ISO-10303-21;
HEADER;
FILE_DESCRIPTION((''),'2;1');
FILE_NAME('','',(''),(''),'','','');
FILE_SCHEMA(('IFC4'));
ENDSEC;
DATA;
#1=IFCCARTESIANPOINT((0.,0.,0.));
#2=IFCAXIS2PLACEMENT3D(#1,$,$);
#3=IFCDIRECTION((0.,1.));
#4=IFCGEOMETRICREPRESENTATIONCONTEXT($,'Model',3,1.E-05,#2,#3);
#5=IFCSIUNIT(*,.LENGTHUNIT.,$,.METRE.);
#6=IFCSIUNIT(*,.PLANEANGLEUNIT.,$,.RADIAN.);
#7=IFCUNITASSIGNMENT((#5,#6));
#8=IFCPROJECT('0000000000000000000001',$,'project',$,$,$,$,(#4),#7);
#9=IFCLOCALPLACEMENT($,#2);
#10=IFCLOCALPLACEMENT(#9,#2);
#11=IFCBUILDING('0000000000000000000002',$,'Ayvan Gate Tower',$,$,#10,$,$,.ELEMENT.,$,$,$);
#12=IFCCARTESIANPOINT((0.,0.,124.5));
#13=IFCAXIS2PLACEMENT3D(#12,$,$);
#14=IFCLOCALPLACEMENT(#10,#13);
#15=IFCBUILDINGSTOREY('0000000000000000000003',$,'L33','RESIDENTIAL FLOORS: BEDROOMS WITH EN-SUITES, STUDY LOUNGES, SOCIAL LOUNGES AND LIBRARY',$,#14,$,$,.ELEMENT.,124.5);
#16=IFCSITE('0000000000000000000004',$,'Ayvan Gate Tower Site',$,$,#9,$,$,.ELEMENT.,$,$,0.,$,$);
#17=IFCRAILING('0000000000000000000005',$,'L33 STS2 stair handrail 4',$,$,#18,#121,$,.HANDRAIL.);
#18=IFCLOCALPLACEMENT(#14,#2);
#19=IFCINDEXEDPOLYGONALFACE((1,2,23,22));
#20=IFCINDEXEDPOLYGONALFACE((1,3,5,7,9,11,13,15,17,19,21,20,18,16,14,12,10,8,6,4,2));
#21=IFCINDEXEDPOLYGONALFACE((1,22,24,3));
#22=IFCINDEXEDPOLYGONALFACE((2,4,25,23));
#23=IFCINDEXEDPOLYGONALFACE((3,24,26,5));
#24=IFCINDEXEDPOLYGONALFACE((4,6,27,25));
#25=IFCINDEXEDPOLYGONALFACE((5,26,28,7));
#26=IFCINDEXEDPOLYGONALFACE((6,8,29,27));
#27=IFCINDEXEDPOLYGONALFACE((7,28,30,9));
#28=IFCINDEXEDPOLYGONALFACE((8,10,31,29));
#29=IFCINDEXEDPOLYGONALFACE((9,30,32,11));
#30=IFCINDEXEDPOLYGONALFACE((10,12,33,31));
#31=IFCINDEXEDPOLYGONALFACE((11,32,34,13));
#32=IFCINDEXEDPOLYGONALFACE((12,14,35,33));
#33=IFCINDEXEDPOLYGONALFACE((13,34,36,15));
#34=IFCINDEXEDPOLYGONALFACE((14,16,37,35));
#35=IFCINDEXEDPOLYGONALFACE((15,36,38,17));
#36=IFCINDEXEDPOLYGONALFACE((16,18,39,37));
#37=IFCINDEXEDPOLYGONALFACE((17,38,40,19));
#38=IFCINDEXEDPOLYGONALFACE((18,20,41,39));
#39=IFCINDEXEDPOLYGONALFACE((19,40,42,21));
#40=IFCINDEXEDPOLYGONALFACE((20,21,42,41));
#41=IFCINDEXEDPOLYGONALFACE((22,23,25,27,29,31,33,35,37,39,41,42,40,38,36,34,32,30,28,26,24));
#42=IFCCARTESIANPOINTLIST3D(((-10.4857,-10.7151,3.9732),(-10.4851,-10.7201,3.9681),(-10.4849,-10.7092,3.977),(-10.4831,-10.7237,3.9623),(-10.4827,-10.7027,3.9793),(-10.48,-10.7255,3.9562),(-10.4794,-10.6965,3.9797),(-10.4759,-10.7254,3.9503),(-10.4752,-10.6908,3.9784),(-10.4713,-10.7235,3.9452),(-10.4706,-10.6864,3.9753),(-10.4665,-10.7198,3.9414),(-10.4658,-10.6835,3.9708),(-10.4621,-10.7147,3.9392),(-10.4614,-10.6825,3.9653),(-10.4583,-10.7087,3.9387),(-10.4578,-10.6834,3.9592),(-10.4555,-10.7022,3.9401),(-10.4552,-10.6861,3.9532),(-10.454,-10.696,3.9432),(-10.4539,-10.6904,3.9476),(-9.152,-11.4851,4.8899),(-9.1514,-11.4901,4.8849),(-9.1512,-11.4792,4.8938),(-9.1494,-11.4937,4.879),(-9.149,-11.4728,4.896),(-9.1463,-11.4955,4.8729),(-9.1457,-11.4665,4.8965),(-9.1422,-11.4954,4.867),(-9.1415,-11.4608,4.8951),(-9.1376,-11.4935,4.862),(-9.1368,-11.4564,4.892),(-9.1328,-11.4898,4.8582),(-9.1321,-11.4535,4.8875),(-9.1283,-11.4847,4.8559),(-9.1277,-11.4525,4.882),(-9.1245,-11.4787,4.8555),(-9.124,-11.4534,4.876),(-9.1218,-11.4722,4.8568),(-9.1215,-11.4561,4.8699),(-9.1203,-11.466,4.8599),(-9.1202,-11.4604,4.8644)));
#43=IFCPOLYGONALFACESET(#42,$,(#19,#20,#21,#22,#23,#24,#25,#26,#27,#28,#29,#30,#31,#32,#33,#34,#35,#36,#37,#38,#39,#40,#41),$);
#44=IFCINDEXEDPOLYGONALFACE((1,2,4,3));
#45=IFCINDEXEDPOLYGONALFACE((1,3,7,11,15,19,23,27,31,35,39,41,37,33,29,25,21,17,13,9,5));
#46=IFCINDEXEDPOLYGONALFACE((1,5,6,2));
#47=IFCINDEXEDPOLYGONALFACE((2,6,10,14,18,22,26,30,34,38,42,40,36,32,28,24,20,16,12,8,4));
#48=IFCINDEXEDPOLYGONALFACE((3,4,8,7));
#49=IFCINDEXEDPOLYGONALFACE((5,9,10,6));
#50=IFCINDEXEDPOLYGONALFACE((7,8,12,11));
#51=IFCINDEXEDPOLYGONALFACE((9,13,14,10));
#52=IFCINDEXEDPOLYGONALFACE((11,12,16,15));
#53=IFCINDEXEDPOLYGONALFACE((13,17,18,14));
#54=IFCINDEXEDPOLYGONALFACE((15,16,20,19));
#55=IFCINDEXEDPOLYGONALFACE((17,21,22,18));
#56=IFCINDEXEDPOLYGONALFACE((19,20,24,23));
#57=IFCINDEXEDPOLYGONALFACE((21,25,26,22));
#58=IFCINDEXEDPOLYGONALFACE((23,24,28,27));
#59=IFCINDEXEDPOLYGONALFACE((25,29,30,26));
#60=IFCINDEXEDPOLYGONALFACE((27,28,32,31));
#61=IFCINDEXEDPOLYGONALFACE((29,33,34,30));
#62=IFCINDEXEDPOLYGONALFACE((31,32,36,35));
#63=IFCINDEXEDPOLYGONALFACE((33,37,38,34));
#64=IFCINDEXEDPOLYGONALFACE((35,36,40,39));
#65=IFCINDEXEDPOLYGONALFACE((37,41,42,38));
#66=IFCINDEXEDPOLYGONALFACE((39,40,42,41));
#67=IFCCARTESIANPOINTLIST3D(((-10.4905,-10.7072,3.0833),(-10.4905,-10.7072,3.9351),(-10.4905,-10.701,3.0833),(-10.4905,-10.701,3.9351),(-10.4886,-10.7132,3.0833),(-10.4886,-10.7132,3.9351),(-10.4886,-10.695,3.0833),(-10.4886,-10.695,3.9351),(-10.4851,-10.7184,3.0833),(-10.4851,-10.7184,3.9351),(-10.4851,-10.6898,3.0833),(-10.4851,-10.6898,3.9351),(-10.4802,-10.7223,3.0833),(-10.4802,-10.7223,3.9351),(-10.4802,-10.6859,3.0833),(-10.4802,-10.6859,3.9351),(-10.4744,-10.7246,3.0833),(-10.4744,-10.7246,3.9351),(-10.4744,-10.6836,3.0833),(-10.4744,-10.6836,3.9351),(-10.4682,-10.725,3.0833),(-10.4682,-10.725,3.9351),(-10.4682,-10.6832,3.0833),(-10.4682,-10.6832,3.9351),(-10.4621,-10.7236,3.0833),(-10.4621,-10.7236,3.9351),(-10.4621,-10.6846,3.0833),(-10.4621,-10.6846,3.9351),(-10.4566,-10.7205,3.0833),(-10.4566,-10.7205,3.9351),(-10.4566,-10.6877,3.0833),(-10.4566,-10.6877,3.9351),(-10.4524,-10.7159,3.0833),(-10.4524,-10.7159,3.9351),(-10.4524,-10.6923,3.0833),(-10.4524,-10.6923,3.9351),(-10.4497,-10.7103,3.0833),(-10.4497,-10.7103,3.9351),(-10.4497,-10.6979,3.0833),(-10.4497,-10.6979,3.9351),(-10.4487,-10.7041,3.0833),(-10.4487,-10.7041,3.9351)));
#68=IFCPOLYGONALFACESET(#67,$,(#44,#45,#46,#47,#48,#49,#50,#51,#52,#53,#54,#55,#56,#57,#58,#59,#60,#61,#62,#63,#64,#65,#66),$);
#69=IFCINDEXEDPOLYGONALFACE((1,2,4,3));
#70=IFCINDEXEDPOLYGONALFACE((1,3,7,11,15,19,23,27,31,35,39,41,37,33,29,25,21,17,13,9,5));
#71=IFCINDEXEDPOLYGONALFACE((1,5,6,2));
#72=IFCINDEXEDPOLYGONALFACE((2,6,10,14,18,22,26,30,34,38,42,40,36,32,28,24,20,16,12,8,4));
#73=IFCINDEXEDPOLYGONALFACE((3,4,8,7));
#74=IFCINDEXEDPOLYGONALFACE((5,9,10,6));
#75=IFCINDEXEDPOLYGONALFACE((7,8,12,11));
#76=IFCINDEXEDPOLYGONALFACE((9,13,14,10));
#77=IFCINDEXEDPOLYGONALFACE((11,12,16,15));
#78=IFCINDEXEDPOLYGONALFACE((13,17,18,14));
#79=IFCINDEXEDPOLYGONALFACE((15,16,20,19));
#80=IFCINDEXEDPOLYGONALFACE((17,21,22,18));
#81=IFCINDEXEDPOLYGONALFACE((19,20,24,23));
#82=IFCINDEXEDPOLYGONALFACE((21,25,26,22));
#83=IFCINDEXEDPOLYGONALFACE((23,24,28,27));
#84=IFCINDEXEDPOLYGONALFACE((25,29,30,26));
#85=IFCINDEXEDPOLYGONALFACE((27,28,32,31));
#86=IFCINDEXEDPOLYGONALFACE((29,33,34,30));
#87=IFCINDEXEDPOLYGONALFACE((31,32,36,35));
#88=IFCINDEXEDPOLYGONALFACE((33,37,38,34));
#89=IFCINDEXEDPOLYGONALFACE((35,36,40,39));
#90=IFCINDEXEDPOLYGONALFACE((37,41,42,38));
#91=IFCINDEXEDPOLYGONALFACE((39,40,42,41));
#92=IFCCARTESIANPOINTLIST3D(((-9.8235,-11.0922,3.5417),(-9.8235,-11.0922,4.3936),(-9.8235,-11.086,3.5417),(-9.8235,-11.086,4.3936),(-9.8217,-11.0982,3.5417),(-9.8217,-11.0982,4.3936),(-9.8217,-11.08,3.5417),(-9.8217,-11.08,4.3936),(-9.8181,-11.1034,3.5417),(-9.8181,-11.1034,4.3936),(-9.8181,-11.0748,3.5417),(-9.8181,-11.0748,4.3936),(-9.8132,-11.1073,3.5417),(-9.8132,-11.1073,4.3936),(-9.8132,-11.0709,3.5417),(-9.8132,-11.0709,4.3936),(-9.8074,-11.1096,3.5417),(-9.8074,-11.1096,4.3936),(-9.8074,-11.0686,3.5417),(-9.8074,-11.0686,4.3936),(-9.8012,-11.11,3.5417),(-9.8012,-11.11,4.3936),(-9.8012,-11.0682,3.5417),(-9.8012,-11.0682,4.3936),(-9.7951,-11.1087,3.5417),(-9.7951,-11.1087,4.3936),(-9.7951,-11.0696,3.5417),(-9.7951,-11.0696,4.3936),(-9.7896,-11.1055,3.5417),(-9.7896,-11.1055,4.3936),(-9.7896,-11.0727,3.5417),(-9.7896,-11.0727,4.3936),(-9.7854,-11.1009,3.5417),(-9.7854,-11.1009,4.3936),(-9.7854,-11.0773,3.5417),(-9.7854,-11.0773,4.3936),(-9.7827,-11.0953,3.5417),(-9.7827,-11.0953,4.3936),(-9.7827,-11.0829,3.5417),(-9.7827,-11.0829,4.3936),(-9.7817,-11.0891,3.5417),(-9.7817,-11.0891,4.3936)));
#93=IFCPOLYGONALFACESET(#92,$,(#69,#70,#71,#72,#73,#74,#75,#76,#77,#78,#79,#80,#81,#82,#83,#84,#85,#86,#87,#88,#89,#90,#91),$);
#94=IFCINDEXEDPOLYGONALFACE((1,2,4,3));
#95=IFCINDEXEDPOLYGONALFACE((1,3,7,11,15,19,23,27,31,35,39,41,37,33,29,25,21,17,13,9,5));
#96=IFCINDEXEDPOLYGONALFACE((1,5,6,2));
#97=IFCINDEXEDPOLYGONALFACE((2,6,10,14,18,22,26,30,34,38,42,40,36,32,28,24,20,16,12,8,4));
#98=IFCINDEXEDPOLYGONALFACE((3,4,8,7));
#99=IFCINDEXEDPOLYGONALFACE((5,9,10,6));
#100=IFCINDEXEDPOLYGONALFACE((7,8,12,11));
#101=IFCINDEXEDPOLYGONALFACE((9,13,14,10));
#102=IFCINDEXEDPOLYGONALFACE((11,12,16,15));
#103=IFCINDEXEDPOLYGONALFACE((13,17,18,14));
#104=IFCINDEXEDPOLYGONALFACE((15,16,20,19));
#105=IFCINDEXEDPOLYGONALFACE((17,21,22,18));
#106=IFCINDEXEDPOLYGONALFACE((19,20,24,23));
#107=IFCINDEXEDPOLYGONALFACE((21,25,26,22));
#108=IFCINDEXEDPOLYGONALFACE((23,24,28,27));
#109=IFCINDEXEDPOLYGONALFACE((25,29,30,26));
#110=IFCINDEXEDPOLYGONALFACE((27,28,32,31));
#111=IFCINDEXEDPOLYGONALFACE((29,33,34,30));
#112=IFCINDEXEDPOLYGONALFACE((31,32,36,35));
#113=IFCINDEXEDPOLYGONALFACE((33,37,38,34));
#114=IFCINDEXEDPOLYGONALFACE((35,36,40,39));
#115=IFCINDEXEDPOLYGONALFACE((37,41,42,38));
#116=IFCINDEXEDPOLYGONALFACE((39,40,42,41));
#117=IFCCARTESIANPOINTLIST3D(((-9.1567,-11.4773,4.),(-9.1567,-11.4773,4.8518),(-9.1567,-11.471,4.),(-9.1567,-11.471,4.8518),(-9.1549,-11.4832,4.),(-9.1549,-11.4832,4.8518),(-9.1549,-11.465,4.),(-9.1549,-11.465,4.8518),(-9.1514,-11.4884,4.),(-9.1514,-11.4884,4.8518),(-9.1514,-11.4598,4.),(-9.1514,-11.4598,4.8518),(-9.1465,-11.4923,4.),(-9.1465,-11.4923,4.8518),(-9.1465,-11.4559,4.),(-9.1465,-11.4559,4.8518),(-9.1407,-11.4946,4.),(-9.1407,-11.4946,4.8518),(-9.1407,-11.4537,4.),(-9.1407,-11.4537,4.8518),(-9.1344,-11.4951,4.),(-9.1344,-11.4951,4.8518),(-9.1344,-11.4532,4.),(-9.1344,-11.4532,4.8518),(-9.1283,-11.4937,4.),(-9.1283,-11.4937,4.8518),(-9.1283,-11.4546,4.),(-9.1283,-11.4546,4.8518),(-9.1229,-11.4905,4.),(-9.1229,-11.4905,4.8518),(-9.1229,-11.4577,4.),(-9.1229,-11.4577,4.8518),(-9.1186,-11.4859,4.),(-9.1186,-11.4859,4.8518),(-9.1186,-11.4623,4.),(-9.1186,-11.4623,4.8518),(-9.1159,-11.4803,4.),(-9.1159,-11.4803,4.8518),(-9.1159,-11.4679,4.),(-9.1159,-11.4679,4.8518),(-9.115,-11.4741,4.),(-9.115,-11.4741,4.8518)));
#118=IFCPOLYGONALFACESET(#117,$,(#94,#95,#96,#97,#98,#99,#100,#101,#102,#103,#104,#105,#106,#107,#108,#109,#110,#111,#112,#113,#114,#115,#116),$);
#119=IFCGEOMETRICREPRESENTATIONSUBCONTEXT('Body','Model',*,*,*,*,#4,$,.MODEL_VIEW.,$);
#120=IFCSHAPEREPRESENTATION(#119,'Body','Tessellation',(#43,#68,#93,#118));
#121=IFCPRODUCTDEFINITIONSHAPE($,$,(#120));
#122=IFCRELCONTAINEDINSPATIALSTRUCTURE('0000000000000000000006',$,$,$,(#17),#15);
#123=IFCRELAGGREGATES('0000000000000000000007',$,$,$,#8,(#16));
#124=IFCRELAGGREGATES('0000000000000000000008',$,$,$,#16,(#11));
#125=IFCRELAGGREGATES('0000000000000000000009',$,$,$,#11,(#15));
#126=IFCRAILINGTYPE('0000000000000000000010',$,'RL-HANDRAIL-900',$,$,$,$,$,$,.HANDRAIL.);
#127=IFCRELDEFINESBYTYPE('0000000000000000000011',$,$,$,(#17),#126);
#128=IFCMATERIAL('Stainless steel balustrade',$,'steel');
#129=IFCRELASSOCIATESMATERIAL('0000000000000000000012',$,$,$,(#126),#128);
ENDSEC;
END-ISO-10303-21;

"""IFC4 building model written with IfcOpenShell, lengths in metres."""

from ifc_helpers import new_model, si_unit, direction, frame, origin, origin_2d, place, context, subcontext, project, spatial, circle, extrude, material, type_object, element, save


model = new_model("IFC4")

# Units and contexts
model_context = context("Model", 3, precision=1e-05, world=origin(), true_north=direction((0.0, 1.0)))
body_context = subcontext(model_context, "Body", "Model", "MODEL_VIEW")
ifc_project = project(units=[si_unit("LENGTHUNIT", "METRE"), si_unit("PLANEANGLEUNIT", "RADIAN")], contexts=[model_context])

# Site, building, storey
site_placement = place(None, origin())
site = spatial("IfcSite", under=ifc_project, at=site_placement, Name="Ayvan Gate Tower Site", CompositionType="ELEMENT", RefElevation=0.0)
building_placement = place(site_placement, origin())
building = spatial("IfcBuilding", under=site, at=building_placement, Name="Ayvan Gate Tower", CompositionType="ELEMENT")
storey_placement = place(building_placement, frame((0.0, 0.0, 124.5)))
storey = spatial("IfcBuildingStorey", under=building, at=storey_placement, Name="L33", Description="RESIDENTIAL FLOORS: BEDROOMS WITH EN-SUITES, STUDY LOUNGES, SOCIAL LOUNGES AND LIBRARY", CompositionType="ELEMENT", Elevation=124.5)

# Railing
ifc_material_1 = material(Name="Stainless steel balustrade", Category="steel")
railing_type_1 = type_object("IfcRailingType", Name="RL-HANDRAIL-900", PredefinedType="HANDRAIL", material=ifc_material_1)
railing_1_placement = place(storey_placement, frame((-10.4697, -10.7041, 3.0833)))
element("IfcRailing", 1, at=railing_1_placement, inside=storey, type_object=railing_type_1, Name="L33 STS2 stair handrail 4", PredefinedType="HANDRAIL", context=body_context, shape_type="SweptSolid", body=[
    extrude(circle(Radius=0.0239, at=origin_2d()), frame((0.0, 0.0, 0.876), z_axis=(0.744164, -0.429634, 0.511502), x_axis=(0.499992, 0.86603, 0.0)), (0.0, 0.0, 1.0), 1.7922),
    extrude(circle(Radius=0.021, at=origin_2d()), origin(), (0.0, 0.0, 1.0), 0.8518),
    extrude(circle(Radius=0.021, at=origin_2d()), frame((0.667, -0.385, 0.4585)), (0.0, 0.0, 1.0), 0.8518),
    extrude(circle(Radius=0.021, at=origin_2d()), frame((1.3337, -0.77, 0.9167)), (0.0, 0.0, 1.0), 0.8518),
])

save(model, "model.ifc")
